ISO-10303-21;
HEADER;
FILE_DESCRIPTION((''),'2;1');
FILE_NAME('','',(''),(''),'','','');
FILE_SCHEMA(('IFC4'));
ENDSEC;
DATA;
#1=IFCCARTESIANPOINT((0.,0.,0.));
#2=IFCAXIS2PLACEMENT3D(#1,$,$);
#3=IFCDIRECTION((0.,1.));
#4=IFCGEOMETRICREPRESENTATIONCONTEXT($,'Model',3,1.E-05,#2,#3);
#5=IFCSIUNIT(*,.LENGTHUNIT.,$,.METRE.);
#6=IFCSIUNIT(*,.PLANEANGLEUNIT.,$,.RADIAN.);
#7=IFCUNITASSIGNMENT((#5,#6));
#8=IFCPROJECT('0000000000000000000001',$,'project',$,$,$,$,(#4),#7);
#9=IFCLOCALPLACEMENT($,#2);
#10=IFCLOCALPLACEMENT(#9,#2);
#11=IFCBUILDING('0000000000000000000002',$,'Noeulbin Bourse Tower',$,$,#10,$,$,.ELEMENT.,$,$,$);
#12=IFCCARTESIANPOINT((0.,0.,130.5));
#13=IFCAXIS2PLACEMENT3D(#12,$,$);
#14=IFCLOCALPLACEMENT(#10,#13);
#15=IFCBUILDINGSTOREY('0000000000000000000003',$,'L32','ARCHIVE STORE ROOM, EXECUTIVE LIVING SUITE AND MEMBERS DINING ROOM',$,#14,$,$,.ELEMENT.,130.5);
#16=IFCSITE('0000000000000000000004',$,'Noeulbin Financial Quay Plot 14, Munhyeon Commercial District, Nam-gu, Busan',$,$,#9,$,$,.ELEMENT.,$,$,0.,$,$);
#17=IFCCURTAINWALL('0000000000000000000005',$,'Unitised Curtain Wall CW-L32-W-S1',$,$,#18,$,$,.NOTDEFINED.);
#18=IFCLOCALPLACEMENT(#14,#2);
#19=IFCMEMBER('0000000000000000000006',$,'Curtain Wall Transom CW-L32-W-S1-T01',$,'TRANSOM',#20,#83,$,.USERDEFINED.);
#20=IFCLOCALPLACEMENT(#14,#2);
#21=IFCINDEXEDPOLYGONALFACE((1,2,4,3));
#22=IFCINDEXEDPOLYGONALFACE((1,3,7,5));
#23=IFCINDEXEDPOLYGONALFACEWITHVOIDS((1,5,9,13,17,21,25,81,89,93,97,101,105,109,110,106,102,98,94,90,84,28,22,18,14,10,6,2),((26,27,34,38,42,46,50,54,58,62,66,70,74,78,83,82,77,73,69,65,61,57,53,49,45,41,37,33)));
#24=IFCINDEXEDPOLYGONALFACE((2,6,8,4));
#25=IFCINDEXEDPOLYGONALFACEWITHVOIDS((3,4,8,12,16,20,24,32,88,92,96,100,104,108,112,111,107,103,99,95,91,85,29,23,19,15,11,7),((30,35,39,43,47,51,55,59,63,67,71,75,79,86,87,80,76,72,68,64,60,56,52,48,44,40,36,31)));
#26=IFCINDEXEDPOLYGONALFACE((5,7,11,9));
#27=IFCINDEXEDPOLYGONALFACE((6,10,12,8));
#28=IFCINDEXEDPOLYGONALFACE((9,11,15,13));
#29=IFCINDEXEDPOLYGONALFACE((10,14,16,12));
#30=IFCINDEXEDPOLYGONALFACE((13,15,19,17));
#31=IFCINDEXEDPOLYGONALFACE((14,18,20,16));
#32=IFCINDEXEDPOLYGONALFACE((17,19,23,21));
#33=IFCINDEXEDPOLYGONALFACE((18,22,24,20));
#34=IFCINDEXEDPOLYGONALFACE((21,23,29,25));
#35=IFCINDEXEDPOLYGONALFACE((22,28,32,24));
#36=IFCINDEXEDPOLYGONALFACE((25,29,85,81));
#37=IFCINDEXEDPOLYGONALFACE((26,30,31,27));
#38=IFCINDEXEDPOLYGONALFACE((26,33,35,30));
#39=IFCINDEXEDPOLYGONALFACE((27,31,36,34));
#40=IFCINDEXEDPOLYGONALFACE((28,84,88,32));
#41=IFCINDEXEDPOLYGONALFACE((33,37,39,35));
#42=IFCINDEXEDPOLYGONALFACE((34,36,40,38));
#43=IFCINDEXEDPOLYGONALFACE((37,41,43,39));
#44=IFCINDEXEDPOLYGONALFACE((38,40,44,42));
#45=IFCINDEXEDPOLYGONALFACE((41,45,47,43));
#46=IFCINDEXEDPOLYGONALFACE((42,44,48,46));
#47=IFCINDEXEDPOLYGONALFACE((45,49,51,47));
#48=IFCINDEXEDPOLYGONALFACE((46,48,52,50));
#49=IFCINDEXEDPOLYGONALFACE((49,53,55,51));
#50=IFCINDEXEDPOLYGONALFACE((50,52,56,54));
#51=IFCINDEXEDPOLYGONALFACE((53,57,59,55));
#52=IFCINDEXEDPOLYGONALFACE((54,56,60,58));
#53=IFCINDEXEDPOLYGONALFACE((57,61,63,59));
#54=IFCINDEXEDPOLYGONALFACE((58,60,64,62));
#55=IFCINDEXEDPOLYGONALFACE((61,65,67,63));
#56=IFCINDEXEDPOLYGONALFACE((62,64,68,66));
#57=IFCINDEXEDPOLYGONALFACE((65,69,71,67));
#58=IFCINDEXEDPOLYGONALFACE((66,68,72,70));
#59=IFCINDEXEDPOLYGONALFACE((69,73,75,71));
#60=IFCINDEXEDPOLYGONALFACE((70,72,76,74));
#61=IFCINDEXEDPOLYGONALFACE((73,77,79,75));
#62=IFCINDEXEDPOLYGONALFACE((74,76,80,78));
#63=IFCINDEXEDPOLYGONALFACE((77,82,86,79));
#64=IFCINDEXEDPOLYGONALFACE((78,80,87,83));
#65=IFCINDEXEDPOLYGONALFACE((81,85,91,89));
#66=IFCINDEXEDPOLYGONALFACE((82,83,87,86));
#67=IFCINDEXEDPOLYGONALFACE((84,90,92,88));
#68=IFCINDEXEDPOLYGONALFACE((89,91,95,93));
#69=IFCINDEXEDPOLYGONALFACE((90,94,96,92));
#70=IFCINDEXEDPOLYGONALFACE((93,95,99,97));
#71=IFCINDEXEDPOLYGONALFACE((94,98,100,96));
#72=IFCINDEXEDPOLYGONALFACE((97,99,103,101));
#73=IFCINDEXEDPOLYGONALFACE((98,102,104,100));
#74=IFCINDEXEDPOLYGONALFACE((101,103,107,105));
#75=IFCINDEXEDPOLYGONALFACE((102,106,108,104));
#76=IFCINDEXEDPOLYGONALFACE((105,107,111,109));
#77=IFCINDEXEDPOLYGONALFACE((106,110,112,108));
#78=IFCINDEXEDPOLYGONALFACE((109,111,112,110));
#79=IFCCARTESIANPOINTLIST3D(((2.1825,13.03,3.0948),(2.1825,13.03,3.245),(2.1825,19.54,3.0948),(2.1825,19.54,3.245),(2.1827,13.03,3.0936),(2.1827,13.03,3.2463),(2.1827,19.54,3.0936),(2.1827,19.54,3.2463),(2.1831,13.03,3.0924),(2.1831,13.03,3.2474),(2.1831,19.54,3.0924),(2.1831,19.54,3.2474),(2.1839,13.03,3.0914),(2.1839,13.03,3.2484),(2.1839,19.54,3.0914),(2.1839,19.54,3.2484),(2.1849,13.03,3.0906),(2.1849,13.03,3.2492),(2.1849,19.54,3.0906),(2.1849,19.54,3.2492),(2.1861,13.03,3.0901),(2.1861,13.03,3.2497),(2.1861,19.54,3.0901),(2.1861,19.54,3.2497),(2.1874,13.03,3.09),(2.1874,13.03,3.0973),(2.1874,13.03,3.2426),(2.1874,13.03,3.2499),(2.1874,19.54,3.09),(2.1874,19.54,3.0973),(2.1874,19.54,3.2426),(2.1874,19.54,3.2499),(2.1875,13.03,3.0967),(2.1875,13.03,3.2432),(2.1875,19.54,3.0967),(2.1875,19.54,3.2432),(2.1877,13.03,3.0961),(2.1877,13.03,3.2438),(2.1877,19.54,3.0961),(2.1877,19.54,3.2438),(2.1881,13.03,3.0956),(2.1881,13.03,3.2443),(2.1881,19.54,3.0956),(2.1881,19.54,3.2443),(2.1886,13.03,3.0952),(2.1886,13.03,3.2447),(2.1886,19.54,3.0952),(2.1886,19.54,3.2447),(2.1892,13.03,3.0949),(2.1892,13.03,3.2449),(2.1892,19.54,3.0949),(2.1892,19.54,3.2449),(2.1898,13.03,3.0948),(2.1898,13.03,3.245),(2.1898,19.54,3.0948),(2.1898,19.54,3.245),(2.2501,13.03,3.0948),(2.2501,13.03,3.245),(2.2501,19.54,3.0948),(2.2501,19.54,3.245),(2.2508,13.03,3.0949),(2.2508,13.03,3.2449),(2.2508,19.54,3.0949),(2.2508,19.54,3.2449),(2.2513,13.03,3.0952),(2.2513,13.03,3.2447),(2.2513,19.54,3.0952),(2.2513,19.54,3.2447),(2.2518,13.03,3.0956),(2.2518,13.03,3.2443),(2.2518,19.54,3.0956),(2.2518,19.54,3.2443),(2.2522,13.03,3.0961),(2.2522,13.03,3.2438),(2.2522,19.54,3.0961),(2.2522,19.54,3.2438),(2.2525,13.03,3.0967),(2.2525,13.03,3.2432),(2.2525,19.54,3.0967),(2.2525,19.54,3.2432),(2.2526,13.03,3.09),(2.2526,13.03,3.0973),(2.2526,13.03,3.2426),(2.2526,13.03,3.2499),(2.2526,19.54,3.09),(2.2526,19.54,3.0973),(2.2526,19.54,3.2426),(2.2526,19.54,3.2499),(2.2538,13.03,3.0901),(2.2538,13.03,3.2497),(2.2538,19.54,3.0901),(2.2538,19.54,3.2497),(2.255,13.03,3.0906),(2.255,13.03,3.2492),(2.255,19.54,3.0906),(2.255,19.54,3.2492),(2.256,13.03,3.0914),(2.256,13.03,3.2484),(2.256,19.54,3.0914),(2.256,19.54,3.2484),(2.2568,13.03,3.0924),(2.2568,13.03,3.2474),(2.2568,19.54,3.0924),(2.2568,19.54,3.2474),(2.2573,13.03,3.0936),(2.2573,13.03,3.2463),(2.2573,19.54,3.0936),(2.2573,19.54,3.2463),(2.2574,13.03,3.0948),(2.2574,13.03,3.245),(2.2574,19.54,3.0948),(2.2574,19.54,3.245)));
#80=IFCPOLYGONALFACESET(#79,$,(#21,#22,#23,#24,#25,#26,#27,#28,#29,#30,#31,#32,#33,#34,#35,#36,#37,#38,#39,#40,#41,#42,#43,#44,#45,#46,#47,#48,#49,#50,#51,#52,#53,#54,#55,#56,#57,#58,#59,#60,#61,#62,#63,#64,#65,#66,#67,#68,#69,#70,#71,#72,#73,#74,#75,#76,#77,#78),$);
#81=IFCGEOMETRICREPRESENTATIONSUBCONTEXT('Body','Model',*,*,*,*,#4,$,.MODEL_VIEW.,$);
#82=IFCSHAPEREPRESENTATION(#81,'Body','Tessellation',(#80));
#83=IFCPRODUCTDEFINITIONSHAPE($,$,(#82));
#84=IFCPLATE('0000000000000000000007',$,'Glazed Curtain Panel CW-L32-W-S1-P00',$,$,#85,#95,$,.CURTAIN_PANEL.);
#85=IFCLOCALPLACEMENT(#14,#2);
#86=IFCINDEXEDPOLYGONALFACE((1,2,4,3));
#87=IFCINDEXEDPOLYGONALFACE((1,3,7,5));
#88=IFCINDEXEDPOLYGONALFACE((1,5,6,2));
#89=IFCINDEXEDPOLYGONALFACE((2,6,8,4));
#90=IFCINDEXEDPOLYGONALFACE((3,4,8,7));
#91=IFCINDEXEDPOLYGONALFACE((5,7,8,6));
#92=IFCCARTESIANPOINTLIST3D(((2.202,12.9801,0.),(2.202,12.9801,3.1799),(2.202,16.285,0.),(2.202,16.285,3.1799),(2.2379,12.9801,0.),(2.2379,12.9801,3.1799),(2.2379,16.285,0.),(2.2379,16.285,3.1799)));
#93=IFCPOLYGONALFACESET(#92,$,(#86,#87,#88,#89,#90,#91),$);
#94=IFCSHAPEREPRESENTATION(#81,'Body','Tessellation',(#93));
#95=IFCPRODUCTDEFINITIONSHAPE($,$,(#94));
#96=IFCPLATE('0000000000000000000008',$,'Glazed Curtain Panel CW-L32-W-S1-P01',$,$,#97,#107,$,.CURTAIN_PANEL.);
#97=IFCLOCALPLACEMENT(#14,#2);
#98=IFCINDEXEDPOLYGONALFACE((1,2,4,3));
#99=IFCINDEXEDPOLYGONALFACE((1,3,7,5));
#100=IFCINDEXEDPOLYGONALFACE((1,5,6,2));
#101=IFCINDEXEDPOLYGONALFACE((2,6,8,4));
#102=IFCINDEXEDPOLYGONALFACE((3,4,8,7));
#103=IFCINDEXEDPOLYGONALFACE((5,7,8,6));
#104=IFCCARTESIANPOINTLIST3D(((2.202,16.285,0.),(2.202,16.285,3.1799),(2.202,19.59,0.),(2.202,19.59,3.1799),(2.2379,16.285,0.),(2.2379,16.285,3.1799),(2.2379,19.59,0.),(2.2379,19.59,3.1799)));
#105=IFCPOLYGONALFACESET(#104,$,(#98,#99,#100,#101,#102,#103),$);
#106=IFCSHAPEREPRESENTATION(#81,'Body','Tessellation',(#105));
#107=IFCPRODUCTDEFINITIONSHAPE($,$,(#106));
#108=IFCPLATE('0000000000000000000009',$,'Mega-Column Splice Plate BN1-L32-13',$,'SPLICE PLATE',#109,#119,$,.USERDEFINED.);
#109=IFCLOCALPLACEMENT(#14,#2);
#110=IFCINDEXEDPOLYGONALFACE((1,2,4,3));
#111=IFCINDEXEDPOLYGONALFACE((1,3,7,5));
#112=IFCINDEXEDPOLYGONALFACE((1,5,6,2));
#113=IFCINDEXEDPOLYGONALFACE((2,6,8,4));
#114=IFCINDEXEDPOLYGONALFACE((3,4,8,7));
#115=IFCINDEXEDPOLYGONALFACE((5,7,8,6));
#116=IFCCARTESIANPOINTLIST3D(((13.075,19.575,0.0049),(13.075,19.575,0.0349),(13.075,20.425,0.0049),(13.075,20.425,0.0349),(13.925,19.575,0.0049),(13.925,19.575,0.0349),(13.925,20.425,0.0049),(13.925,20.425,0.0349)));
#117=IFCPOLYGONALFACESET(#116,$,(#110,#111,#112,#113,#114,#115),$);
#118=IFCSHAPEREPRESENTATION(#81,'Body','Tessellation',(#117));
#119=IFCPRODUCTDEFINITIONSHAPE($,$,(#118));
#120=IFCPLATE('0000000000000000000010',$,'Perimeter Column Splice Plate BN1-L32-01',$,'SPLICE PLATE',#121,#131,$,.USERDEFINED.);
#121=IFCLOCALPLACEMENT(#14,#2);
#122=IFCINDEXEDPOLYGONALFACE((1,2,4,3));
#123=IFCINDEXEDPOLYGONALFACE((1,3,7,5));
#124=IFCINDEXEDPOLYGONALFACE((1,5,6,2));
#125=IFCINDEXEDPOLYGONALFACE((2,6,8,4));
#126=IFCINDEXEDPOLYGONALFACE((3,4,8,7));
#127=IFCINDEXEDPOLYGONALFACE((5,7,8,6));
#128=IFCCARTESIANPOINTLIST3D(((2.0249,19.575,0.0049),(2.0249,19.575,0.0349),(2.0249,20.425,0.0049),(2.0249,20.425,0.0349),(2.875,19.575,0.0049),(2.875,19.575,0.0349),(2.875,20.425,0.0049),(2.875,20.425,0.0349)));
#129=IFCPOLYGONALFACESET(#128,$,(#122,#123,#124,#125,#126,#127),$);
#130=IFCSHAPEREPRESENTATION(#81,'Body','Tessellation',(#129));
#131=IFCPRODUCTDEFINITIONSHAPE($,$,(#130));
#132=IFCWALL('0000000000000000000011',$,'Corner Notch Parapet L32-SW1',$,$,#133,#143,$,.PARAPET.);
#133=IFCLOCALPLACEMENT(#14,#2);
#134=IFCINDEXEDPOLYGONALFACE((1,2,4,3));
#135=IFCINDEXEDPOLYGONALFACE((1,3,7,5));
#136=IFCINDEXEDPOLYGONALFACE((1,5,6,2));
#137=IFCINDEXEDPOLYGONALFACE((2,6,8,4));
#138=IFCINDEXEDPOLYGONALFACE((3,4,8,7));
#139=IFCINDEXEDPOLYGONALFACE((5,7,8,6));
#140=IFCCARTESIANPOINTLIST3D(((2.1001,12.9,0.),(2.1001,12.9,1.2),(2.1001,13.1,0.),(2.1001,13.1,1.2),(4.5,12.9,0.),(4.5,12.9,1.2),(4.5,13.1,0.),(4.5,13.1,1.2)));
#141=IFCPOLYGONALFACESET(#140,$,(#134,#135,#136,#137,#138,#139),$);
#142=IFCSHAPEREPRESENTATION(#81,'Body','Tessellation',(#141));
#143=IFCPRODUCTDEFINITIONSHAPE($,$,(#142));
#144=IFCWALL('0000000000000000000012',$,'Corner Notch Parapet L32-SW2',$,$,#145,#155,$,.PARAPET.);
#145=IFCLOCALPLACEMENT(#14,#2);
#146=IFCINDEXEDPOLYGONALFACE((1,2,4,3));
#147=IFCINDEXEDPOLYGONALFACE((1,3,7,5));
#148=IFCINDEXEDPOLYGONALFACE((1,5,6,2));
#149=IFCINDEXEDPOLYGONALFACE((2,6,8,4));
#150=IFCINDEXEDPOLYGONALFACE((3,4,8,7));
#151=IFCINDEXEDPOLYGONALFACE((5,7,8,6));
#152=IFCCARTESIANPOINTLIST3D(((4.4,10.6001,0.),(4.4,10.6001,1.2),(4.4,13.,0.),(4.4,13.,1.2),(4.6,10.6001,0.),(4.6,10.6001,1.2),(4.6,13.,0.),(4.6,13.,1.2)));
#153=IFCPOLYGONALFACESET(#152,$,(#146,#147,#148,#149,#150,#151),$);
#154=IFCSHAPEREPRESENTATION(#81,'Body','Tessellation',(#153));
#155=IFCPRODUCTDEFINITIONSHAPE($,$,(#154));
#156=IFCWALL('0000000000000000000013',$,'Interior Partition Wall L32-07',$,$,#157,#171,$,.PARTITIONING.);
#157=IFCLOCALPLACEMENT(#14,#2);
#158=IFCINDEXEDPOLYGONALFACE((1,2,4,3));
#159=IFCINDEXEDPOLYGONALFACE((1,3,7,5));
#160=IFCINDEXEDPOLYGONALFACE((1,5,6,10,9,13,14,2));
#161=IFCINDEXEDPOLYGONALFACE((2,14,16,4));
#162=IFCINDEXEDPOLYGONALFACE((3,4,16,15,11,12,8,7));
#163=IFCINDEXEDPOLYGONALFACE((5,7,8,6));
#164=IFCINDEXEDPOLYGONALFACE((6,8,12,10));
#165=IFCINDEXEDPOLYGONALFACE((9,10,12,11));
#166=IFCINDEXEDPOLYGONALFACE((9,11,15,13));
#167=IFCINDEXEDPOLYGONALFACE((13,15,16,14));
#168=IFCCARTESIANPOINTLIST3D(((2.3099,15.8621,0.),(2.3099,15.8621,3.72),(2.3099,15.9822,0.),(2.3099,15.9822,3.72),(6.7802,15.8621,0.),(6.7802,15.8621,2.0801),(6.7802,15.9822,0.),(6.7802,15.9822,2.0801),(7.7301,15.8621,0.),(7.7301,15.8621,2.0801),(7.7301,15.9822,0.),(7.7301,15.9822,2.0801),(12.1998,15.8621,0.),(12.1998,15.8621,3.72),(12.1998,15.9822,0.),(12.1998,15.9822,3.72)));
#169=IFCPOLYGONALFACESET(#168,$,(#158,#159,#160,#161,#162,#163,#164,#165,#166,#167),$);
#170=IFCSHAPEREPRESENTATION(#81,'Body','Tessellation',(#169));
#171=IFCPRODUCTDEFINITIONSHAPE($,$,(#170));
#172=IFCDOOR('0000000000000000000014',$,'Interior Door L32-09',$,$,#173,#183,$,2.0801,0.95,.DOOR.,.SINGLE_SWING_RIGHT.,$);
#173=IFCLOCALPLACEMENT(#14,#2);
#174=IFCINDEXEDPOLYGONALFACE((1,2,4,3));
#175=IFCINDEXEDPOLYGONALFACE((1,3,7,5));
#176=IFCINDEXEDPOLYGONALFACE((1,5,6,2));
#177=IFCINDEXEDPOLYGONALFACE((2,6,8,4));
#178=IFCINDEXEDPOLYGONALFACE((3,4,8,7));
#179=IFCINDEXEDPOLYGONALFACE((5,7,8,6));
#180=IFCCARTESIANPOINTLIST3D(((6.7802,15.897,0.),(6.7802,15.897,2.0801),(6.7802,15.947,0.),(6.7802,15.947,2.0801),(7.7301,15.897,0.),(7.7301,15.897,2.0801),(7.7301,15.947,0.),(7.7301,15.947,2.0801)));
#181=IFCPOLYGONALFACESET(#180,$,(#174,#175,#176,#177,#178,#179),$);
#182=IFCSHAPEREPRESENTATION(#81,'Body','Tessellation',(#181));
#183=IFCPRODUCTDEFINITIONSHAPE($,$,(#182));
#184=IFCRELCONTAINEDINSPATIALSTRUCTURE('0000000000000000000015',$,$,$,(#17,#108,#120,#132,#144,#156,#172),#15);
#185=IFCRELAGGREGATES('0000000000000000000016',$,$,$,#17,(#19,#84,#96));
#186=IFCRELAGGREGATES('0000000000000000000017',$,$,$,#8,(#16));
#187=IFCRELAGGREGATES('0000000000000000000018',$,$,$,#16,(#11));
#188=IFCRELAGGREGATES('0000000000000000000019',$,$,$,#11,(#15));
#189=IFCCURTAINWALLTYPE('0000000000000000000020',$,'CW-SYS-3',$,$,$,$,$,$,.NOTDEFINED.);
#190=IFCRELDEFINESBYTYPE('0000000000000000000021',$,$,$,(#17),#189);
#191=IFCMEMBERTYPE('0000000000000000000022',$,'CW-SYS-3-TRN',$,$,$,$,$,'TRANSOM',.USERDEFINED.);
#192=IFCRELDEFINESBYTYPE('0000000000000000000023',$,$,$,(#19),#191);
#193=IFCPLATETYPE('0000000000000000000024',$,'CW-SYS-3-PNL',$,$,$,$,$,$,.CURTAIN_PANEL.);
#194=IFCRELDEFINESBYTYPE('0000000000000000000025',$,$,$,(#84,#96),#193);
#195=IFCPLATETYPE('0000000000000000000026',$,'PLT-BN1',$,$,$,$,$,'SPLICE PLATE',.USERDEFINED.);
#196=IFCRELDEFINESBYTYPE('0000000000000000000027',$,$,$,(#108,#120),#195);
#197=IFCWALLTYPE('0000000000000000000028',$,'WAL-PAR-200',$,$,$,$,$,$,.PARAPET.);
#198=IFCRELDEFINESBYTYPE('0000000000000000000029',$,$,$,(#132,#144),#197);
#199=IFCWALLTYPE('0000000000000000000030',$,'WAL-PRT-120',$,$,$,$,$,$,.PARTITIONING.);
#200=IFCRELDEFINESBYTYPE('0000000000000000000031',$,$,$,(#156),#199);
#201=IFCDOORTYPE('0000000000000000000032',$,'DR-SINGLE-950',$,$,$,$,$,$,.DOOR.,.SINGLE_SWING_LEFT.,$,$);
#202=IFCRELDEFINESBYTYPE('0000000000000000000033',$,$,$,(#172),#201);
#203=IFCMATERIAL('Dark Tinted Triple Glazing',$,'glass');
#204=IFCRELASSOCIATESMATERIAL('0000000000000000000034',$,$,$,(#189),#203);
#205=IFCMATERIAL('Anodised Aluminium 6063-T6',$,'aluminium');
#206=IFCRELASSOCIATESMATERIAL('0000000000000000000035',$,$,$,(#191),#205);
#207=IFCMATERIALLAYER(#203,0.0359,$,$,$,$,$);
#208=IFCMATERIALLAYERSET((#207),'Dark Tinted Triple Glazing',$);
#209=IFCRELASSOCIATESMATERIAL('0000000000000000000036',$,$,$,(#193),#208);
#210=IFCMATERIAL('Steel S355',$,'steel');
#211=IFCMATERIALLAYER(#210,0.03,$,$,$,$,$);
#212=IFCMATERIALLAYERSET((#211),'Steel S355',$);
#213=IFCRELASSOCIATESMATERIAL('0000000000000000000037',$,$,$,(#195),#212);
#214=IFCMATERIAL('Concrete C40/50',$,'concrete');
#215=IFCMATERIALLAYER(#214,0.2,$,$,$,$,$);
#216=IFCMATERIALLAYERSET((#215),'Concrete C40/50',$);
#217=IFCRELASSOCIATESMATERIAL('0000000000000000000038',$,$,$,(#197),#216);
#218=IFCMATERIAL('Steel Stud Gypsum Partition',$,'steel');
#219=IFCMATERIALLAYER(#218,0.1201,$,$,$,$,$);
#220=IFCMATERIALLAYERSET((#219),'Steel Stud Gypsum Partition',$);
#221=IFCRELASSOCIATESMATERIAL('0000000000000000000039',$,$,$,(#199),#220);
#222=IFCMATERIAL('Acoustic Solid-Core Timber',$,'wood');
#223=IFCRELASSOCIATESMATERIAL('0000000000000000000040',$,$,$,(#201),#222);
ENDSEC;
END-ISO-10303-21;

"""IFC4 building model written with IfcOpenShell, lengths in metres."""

from ifc_helpers import new_model, si_unit, direction, frame, frame_2d, origin, origin_2d, place, context, subcontext, project, spatial, rectangle, hollow_rectangle, extrude, material, layer, layer_set, material_profile, profile_set, type_object, element, fill, aggregate, save


model = new_model("IFC4")

# Units and contexts
model_context = context("Model", 3, precision=1e-05, world=origin(), true_north=direction((0.0, 1.0)))
body_context = subcontext(model_context, "Body", "Model", "MODEL_VIEW")
ifc_project = project(units=[si_unit("LENGTHUNIT", "METRE"), si_unit("PLANEANGLEUNIT", "RADIAN")], contexts=[model_context])

# Site, building, storey
site_placement = place(None, origin())
site = spatial("IfcSite", under=ifc_project, at=site_placement, Name="Noeulbin Financial Quay Plot 14, Munhyeon Commercial District, Nam-gu, Busan", CompositionType="ELEMENT", RefElevation=0.0)
building_placement = place(site_placement, origin())
building = spatial("IfcBuilding", under=site, at=building_placement, Name="Noeulbin Bourse Tower", CompositionType="ELEMENT")
storey_placement = place(building_placement, frame((0.0, 0.0, 130.5)))
storey = spatial("IfcBuildingStorey", under=building, at=storey_placement, Name="L32", Description="ARCHIVE STORE ROOM, EXECUTIVE LIVING SUITE AND MEMBERS DINING ROOM", CompositionType="ELEMENT", Elevation=130.5)

# Shared definitions
ifc_material_1 = material(Name="Steel S355", Category="steel")

# Curtain wall, member, plates
ifc_material_2 = material(Name="Dark Tinted Triple Glazing", Category="glass")
curtain_wall_type = type_object("IfcCurtainWallType", Name="CW-SYS-3", PredefinedType="NOTDEFINED", material=ifc_material_2)
curtain_wall_placement = place(storey_placement, origin())
curtain_wall = element("IfcCurtainWall", 1, at=curtain_wall_placement, inside=storey, type_object=curtain_wall_type, Name="Unitised Curtain Wall CW-L32-W-S1", PredefinedType="NOTDEFINED")
ifc_material_3 = material(Name="Anodised Aluminium 6063-T6", Category="aluminium")
ifc_material_profile_1 = material_profile(ifc_material_3, hollow_rectangle(XDim=0.075, YDim=0.1599, WallThickness=0.0049, InnerFilletRadius=0.0024, OuterFilletRadius=0.0049, at=origin_2d()), Name="ALU-TRAN-75x160x5", Category="LoadBearing")
ifc_profile_set_1 = profile_set([ifc_material_profile_1], Name="Anodised Aluminium 6063-T6")
member_type_1 = type_object("IfcMemberType", Name="CW-SYS-3-TRN", ElementType="TRANSOM", PredefinedType="USERDEFINED", material=ifc_profile_set_1)
member_1_placement = place(storey_placement, frame((2.22, 13.03, 3.1699), z_axis=(0.0, 1.0, 0.0), x_axis=(-1.0, 0.0, 0.0)))
member_1 = element("IfcMember", 2, at=member_1_placement, type_object=member_type_1, Name="Curtain Wall Transom CW-L32-W-S1-T01", ObjectType="TRANSOM", PredefinedType="USERDEFINED", context=body_context, shape_type="SweptSolid", body=[
    extrude(hollow_rectangle(XDim=0.075, YDim=0.1599, WallThickness=0.0049, InnerFilletRadius=0.0024, OuterFilletRadius=0.0049, at=origin_2d()), origin(), (0.0, 0.0, 1.0), 6.51),
])
ifc_layer_1 = layer(ifc_material_2, 0.0359)
ifc_layer_set_1 = layer_set([ifc_layer_1], Name="Dark Tinted Triple Glazing")
plate_type_1 = type_object("IfcPlateType", Name="CW-SYS-3-PNL", PredefinedType="CURTAIN_PANEL", material=ifc_layer_set_1)
plate_1_placement = place(storey_placement, frame((2.22, 14.6326, 0.0), z_axis=(0.0, 0.0, 1.0), x_axis=(0.0, 1.0, 0.0)))
plate_1 = element("IfcPlate", 3, at=plate_1_placement, type_object=plate_type_1, Name="Glazed Curtain Panel CW-L32-W-S1-P00", PredefinedType="CURTAIN_PANEL", context=body_context, shape_type="SweptSolid", body=[
    extrude(rectangle(XDim=3.3049, YDim=0.0359, at=origin_2d()), origin(), (0.0, 0.0, 1.0), 3.1799),
])
plate_2_placement = place(storey_placement, frame((2.22, 17.9375, 0.0), z_axis=(0.0, 0.0, 1.0), x_axis=(0.0, 1.0, 0.0)))
plate_2 = element("IfcPlate", 4, at=plate_2_placement, type_object=plate_type_1, Name="Glazed Curtain Panel CW-L32-W-S1-P01", PredefinedType="CURTAIN_PANEL", context=body_context, shape_type="SweptSolid", body=[
    extrude(rectangle(XDim=3.3049, YDim=0.0359, at=origin_2d()), origin(), (0.0, 0.0, 1.0), 3.1799),
])
aggregate(curtain_wall, [member_1, plate_1, plate_2])

# Plates
ifc_layer_2 = layer(ifc_material_1, 0.03)
ifc_layer_set_2 = layer_set([ifc_layer_2], Name="Steel S355")
plate_type_2 = type_object("IfcPlateType", Name="PLT-BN1", ElementType="SPLICE PLATE", PredefinedType="USERDEFINED", material=ifc_layer_set_2)
for number, where, z_axis, x_axis, name in (
    (5, (13.5, 20.0, 0.0049), (0.0, 0.0, 1.0), (1.0, 0.0, 0.0), "Mega-Column Splice Plate BN1-L32-13"),
    (6, (2.45, 20.0, 0.0049), (0.0, 0.0, 1.0), (1.0, 0.0, 0.0), "Perimeter Column Splice Plate BN1-L32-01"),
):
    element("IfcPlate", number, at=place(storey_placement, frame(where, z_axis=z_axis, x_axis=x_axis)), inside=storey, type_object=plate_type_2, Name=name, ObjectType="SPLICE PLATE", PredefinedType="USERDEFINED", context=body_context, shape_type="SweptSolid", body=[
        extrude(rectangle(XDim=0.8501, YDim=0.8501, at=origin_2d()), origin(), (0.0, 0.0, 1.0), 0.03),
    ])

# Walls
ifc_material_4 = material(Name="Concrete C40/50", Category="concrete")
ifc_layer_3 = layer(ifc_material_4, 0.2)
ifc_layer_set_3 = layer_set([ifc_layer_3], Name="Concrete C40/50")
wall_type_1 = type_object("IfcWallType", Name="WAL-PAR-200", PredefinedType="PARAPET", material=ifc_layer_set_3)
for number, where, z_axis, x_axis, name in (
    (7, (2.1001, 13.0, 0.0), (0.0, 0.0, 1.0), (1.0, 0.0, 0.0), "Corner Notch Parapet L32-SW1"),
    (8, (4.5, 13.0, 0.0), (0.0, 0.0, 1.0), (0.0, -1.0, 0.0), "Corner Notch Parapet L32-SW2"),
):
    element("IfcWall", number, at=place(storey_placement, frame(where, z_axis=z_axis, x_axis=x_axis)), inside=storey, type_object=wall_type_1, Name=name, PredefinedType="PARAPET", context=body_context, shape_type="SweptSolid", body=[
        extrude(rectangle(XDim=2.3999, YDim=0.2, at=frame_2d((1.2, 0.0))), origin(), (0.0, 0.0, 1.0), 1.2),
    ])

# Wall, opening, door
ifc_material_5 = material(Name="Steel Stud Gypsum Partition", Category="steel")
ifc_layer_4 = layer(ifc_material_5, 0.1201)
ifc_layer_set_4 = layer_set([ifc_layer_4], Name="Steel Stud Gypsum Partition")
wall_type_2 = type_object("IfcWallType", Name="WAL-PRT-120", PredefinedType="PARTITIONING", material=ifc_layer_set_4)
wall_1_placement = place(storey_placement, frame((2.3101, 15.9221, 0.0), z_axis=(0.0, 0.0, 1.0), x_axis=(1.0, 0.0, 0.0)))
wall_1 = element("IfcWall", 9, at=wall_1_placement, inside=storey, type_object=wall_type_2, Name="Interior Partition Wall L32-07", PredefinedType="PARTITIONING", context=body_context, shape_type="SweptSolid", body=[
    extrude(rectangle(XDim=9.8899, YDim=0.1201, at=frame_2d((4.9448, 0.0))), origin(), (0.0, 0.0, 1.0), 3.72),
])
opening_1_placement = place(wall_1_placement, frame((4.47, 0.0, 0.0)))
opening_1 = element("IfcOpeningElement", 10, at=opening_1_placement, cuts=wall_1, PredefinedType="OPENING", context=body_context, shape_type="SweptSolid", body=[
    extrude(rectangle(XDim=0.95, YDim=2.0801, at=frame_2d((0.4751, 1.04))), frame((0.0, 0.0701, 0.0), z_axis=(0.0, -1.0, 0.0), x_axis=(1.0, 0.0, 0.0)), (0.0, 0.0, 1.0), 0.1401),
])
ifc_material_6 = material(Name="Acoustic Solid-Core Timber", Category="wood")
door_type = type_object("IfcDoorType", Name="DR-SINGLE-950", OperationType="SINGLE_SWING_LEFT", PredefinedType="DOOR", material=ifc_material_6)
door_1_placement = place(opening_1_placement, origin())
door_1 = element("IfcDoor", 11, at=door_1_placement, inside=storey, type_object=door_type, Name="Interior Door L32-09", OperationType="SINGLE_SWING_RIGHT", OverallHeight=2.0801, OverallWidth=0.95, PredefinedType="DOOR", context=body_context, shape_type="SweptSolid", body=[
    extrude(rectangle(XDim=0.95, YDim=2.0801, at=frame_2d((0.4751, 1.04))), frame((0.0, 0.0249, 0.0), z_axis=(0.0, -1.0, 0.0), x_axis=(1.0, 0.0, 0.0)), (0.0, 0.0, 1.0), 0.05),
])
fill(opening_1, door_1)

save(model, "model.ifc")
